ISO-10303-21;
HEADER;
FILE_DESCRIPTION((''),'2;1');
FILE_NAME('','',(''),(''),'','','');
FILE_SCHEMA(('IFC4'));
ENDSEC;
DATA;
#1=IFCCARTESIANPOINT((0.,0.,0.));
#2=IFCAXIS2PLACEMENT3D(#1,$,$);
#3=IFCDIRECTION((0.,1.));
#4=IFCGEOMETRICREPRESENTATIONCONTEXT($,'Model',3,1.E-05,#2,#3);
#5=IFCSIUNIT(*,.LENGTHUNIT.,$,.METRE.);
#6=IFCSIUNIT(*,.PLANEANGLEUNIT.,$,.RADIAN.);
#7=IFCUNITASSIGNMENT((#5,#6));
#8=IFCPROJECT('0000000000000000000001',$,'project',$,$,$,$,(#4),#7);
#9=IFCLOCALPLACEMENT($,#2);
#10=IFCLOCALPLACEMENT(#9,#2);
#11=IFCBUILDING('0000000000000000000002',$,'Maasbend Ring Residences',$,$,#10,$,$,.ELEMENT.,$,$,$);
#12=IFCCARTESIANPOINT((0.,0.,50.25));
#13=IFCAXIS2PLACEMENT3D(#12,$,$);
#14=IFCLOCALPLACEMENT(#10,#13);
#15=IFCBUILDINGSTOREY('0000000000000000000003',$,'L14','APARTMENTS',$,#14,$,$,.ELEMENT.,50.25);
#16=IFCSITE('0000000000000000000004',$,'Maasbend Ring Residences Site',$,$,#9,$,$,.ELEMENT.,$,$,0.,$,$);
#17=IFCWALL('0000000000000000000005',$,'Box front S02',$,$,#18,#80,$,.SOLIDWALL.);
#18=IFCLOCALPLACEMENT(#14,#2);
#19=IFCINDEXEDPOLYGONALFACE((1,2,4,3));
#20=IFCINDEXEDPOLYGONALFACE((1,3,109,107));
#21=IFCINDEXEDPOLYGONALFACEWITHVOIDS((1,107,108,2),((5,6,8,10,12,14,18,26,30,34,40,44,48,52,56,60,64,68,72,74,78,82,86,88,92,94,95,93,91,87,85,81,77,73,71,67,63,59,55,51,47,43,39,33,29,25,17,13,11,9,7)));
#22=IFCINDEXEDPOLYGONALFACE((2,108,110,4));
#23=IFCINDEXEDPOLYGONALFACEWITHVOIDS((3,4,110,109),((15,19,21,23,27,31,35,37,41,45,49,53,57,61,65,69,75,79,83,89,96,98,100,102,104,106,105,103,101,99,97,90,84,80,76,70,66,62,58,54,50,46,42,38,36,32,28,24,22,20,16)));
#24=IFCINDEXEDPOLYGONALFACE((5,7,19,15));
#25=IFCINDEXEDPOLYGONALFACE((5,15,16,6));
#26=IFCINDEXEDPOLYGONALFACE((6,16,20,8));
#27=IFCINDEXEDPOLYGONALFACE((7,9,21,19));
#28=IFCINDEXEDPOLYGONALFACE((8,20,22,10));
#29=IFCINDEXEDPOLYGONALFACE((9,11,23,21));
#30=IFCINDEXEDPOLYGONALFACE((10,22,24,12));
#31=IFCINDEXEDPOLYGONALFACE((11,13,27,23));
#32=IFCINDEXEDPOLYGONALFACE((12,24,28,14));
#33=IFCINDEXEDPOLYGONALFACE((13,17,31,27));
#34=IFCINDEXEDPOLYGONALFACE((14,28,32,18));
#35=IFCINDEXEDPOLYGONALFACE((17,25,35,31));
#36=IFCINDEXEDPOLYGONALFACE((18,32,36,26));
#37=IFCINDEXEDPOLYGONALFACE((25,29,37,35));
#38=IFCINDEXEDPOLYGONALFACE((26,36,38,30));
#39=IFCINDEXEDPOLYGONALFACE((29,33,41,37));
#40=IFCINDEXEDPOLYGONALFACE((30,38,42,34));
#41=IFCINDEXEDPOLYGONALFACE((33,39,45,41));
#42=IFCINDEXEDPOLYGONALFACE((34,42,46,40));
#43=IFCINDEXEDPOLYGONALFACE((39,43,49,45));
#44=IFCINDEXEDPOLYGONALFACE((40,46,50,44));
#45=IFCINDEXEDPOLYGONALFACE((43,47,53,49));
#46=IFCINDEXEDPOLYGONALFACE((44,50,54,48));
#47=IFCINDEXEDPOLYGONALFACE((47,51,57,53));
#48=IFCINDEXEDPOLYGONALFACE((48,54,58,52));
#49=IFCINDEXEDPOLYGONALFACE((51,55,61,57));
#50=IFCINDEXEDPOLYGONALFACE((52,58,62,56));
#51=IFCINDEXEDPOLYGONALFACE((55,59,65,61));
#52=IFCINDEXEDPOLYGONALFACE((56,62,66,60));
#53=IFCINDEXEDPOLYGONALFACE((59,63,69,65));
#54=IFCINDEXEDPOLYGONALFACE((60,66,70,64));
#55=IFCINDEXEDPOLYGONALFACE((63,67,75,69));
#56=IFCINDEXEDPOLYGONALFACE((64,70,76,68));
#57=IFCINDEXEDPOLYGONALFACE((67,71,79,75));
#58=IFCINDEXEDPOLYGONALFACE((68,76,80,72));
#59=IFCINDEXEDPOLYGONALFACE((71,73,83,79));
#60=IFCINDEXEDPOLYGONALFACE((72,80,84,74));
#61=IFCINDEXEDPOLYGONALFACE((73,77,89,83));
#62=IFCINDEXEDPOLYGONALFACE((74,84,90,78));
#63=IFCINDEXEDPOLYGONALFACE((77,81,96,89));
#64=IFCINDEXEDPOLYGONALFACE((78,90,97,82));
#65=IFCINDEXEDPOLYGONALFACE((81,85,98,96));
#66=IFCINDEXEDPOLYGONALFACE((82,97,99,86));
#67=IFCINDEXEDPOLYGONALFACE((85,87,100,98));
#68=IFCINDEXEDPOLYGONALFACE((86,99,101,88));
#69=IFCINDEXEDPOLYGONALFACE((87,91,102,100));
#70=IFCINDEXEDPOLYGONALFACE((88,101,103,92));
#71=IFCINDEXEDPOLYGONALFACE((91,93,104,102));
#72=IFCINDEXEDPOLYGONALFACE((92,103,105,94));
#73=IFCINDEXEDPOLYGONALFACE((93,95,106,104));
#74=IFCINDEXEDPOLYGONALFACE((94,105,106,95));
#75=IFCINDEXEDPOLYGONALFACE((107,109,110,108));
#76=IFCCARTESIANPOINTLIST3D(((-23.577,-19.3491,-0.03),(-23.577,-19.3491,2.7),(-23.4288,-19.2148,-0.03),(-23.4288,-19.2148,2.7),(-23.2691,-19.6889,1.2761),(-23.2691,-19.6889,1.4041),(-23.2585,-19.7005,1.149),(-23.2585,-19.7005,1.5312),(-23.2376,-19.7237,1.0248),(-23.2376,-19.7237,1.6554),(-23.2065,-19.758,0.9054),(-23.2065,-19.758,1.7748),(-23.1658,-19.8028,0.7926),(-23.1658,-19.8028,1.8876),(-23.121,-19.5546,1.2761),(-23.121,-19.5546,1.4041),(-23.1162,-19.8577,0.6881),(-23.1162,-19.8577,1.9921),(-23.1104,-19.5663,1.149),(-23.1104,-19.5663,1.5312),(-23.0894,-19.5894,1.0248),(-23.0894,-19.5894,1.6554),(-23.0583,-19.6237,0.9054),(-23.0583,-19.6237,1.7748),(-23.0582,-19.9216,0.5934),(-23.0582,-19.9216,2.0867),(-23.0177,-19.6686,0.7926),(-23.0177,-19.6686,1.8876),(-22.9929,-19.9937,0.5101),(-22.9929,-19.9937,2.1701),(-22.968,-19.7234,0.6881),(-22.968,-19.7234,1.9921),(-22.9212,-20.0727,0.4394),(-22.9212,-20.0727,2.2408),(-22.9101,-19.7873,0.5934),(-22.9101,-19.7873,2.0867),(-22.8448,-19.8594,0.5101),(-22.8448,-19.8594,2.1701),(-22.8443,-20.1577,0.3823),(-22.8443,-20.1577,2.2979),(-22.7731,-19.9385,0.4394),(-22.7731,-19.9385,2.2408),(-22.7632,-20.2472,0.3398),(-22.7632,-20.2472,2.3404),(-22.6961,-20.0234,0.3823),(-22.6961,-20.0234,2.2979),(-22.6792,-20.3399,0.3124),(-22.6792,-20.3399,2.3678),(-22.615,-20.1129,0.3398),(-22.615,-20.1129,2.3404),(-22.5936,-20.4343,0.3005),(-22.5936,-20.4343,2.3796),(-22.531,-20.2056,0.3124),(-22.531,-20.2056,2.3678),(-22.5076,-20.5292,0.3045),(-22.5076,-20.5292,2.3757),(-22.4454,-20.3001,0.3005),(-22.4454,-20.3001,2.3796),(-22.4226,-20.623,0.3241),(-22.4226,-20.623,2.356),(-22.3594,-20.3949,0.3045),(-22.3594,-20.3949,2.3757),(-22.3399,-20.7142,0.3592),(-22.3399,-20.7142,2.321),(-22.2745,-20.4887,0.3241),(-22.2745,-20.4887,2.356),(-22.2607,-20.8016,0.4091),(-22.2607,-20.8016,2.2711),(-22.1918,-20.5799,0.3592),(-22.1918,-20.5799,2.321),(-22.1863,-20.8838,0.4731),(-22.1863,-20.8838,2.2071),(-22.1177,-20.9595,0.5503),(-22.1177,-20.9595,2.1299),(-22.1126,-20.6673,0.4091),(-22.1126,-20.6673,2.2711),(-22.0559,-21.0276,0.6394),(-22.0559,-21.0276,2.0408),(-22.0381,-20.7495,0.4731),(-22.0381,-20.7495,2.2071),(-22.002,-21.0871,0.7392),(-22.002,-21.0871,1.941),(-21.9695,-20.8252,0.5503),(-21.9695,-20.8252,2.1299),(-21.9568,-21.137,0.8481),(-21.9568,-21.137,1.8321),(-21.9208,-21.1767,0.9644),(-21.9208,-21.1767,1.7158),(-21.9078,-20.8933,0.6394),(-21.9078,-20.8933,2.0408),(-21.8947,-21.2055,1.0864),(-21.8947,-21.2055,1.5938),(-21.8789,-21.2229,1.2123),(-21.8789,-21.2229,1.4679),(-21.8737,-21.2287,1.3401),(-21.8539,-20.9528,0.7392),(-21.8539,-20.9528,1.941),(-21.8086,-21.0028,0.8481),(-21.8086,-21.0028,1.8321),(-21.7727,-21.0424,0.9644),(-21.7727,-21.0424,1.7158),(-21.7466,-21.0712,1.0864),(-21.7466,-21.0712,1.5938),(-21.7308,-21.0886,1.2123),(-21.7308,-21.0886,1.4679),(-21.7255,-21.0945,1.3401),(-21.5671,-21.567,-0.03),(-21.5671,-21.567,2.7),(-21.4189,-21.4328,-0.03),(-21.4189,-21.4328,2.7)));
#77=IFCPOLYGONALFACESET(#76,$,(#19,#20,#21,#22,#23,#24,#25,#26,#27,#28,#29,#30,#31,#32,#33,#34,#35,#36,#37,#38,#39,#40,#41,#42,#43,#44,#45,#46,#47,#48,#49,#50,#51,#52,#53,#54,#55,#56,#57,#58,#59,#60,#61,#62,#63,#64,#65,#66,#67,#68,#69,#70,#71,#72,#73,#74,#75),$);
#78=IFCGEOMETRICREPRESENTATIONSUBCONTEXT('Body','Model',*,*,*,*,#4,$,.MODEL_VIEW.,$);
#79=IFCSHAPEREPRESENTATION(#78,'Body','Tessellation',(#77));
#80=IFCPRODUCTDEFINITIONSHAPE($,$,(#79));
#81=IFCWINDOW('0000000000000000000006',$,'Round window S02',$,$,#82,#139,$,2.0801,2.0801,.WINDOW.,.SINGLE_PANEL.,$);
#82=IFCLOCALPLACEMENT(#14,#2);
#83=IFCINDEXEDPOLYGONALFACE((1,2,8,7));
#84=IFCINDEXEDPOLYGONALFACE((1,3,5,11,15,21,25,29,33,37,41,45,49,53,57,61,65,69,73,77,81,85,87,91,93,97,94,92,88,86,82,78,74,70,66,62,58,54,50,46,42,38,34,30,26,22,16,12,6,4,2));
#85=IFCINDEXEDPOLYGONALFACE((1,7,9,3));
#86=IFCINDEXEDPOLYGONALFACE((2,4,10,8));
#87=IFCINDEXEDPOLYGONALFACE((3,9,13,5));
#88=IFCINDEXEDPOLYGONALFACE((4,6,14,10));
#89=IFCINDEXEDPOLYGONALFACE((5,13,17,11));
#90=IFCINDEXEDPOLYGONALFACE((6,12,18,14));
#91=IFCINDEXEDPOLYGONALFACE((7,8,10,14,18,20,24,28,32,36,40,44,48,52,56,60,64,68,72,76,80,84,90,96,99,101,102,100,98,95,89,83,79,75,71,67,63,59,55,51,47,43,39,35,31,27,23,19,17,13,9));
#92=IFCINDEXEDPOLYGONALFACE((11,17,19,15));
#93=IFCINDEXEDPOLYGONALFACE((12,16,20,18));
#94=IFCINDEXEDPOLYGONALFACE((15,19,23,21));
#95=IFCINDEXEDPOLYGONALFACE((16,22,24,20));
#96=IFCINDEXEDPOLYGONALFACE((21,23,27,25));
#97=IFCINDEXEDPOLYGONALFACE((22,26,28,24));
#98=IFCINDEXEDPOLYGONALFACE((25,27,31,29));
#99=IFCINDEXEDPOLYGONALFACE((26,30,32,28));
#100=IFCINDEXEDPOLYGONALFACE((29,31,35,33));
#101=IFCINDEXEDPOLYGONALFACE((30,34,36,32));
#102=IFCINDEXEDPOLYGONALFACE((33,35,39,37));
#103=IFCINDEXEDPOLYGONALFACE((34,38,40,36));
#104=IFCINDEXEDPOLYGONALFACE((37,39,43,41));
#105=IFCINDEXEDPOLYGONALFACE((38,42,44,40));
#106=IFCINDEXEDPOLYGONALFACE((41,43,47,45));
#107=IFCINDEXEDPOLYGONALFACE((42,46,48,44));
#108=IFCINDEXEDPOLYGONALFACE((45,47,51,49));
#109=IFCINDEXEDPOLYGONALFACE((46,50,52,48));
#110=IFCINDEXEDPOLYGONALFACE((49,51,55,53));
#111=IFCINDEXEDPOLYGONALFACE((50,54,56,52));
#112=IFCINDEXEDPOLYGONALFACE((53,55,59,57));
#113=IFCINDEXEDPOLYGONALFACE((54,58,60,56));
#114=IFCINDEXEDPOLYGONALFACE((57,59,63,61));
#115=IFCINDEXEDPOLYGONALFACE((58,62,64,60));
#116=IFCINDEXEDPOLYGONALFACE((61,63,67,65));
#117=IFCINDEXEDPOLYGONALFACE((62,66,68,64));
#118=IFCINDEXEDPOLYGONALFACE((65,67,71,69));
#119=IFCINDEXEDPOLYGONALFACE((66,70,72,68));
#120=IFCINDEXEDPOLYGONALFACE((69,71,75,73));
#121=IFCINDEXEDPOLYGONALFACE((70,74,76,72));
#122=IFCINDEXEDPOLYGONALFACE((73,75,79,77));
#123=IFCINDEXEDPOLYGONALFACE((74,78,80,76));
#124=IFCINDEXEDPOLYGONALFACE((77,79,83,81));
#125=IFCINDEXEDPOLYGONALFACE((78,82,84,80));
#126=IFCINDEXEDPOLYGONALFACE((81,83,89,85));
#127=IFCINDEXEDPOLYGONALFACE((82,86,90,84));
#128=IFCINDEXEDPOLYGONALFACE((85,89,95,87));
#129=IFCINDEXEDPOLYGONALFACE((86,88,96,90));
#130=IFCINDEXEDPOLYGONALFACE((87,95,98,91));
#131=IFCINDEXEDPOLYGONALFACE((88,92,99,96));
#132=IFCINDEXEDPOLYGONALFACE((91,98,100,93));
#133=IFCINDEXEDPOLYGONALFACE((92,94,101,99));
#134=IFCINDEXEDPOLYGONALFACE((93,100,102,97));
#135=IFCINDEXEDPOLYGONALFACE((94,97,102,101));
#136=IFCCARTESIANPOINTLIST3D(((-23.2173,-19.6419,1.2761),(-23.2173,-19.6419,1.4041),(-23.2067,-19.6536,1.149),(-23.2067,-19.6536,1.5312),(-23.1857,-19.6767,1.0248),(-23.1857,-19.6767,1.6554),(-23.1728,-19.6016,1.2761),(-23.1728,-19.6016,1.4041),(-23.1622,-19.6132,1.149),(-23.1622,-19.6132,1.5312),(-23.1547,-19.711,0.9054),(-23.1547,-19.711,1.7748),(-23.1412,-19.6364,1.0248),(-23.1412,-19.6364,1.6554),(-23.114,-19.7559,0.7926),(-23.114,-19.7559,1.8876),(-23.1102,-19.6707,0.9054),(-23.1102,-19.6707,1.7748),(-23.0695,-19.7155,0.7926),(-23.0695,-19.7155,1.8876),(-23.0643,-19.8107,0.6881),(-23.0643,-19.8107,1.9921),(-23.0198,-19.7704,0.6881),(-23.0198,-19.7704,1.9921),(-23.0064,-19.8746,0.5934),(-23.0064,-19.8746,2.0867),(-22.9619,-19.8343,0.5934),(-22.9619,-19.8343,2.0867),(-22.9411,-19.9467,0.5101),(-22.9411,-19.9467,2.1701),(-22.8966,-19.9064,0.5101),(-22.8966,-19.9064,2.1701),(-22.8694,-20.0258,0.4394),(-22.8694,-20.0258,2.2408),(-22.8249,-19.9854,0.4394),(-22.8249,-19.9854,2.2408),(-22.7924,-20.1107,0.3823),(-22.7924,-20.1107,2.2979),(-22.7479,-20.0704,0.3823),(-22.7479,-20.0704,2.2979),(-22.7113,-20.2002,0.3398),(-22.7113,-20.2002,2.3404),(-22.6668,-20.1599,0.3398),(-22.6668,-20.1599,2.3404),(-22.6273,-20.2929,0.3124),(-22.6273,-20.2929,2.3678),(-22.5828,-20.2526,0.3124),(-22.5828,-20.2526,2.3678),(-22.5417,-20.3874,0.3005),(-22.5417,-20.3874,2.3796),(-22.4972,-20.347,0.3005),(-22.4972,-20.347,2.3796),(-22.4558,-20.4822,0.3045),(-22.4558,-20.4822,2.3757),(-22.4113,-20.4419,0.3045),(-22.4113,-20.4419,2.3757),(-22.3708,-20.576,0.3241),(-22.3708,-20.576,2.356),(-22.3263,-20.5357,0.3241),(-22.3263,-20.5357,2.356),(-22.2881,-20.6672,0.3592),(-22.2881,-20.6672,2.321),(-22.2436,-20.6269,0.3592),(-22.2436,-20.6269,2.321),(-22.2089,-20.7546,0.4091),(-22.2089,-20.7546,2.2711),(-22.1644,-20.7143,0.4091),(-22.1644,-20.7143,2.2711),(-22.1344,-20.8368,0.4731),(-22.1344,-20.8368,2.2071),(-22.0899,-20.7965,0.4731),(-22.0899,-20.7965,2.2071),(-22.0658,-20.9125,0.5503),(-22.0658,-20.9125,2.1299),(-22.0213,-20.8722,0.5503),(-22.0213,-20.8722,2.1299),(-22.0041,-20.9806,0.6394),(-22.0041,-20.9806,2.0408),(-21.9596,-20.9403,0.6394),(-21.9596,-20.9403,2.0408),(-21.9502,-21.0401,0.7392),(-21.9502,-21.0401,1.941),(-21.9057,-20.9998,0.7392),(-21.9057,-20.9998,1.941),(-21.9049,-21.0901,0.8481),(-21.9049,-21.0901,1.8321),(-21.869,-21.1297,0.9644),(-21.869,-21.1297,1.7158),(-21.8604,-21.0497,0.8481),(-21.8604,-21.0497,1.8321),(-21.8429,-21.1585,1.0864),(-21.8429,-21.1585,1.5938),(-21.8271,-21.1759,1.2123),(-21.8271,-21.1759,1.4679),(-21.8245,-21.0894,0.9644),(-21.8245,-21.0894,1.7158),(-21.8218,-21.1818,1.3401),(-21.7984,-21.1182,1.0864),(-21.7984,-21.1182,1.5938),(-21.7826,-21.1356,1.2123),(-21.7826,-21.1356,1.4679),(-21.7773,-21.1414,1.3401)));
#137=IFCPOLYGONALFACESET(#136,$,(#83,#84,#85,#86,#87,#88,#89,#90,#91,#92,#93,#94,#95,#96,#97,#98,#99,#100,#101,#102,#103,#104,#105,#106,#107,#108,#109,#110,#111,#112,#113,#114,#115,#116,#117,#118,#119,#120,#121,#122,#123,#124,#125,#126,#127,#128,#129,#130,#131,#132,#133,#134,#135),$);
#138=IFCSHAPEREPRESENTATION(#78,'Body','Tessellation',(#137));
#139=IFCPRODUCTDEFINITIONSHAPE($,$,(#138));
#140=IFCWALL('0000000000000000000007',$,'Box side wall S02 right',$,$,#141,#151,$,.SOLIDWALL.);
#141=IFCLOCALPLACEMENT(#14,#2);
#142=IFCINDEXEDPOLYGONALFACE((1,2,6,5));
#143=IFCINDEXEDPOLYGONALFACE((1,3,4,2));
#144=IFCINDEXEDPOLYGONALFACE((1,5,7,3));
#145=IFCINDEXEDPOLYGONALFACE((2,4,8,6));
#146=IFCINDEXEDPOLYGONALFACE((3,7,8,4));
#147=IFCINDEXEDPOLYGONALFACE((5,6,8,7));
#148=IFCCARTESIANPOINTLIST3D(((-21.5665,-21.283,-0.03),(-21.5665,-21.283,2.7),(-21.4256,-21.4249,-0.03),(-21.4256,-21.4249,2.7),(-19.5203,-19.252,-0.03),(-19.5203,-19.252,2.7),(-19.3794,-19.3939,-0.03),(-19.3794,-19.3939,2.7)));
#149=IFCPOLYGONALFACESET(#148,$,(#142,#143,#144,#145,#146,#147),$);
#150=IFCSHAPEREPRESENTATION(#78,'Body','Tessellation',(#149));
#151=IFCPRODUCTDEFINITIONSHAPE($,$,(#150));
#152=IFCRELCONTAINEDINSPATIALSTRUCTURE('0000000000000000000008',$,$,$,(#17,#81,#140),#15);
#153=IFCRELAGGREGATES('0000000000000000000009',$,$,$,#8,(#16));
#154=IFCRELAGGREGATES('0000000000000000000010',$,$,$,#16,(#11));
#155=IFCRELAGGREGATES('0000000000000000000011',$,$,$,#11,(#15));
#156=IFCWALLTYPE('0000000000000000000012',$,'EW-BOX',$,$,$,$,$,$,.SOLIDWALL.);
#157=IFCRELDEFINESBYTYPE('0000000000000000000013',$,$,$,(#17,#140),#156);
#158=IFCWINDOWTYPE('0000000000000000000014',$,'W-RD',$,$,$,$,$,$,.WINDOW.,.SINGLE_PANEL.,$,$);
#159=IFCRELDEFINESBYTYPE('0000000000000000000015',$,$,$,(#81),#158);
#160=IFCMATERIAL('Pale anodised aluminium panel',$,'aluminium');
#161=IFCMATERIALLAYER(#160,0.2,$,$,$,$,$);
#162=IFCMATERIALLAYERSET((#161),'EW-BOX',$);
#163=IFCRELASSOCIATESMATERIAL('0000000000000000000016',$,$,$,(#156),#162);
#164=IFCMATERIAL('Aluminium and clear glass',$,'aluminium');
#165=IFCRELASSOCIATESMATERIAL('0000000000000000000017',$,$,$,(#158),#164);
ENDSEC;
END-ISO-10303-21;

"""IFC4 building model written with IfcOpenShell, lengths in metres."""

from ifc_helpers import new_model, si_unit, direction, frame, frame_2d, origin, place, context, subcontext, project, spatial, rectangle, circle, extrude, material, layer, layer_set, type_object, element, fill, save


model = new_model("IFC4")

# Units and contexts
model_context = context("Model", 3, precision=1e-05, world=origin(), true_north=direction((0.0, 1.0)))
body_context = subcontext(model_context, "Body", "Model", "MODEL_VIEW")
ifc_project = project(units=[si_unit("LENGTHUNIT", "METRE"), si_unit("PLANEANGLEUNIT", "RADIAN")], contexts=[model_context])

# Site, building, storey
site_placement = place(None, origin())
site = spatial("IfcSite", under=ifc_project, at=site_placement, Name="Maasbend Ring Residences Site", CompositionType="ELEMENT", RefElevation=0.0)
building_placement = place(site_placement, origin())
building = spatial("IfcBuilding", under=site, at=building_placement, Name="Maasbend Ring Residences", CompositionType="ELEMENT")
storey_placement = place(building_placement, frame((0.0, 0.0, 50.25)))
storey = spatial("IfcBuildingStorey", under=building, at=storey_placement, Name="L14", Description="APARTMENTS", CompositionType="ELEMENT", Elevation=50.25)

# Wall, opening, window
ifc_material_1 = material(Name="Pale anodised aluminium panel", Category="aluminium")
ifc_layer_1 = layer(ifc_material_1, 0.2)
ifc_layer_set_1 = layer_set([ifc_layer_1], Name="EW-BOX")
wall_type_1 = type_object("IfcWallType", Name="EW-BOX", PredefinedType="SOLIDWALL", material=ifc_layer_set_1)
wall_1_placement = place(storey_placement, frame((-23.5029, -19.282, -0.03), z_axis=(0.0, 0.0, 1.0), x_axis=(0.671507, -0.740998, 0.0)))
wall_1 = element("IfcWall", 1, at=wall_1_placement, inside=storey, type_object=wall_type_1, Name="Box front S02", PredefinedType="SOLIDWALL", context=body_context, shape_type="SweptSolid", body=[
    extrude(rectangle(XDim=2.9932, YDim=0.2, at=frame_2d((1.4966, 0.0))), origin(), (0.0, 0.0, 1.0), 2.73),
])
opening_1_placement = place(wall_1_placement, frame((0.4565, 0.0, 0.3301)))
opening_1 = element("IfcOpeningElement", 2, at=opening_1_placement, cuts=wall_1, PredefinedType="OPENING", context=body_context, shape_type="SweptSolid", body=[
    extrude(circle(Radius=1.04, at=frame_2d((1.04, 1.04))), frame((0.0, 0.1099, 0.0), z_axis=(0.0, -1.0, 0.0), x_axis=(1.0, 0.0, 0.0)), (0.0, 0.0, 1.0), 0.22),
])
ifc_material_2 = material(Name="Aluminium and clear glass", Category="aluminium")
window_type_1 = type_object("IfcWindowType", Name="W-RD", PartitioningType="SINGLE_PANEL", PredefinedType="WINDOW", material=ifc_material_2)
window_1_placement = place(opening_1_placement, origin())
window_1 = element("IfcWindow", 3, at=window_1_placement, inside=storey, type_object=window_type_1, Name="Round window S02", OverallHeight=2.0801, OverallWidth=2.0801, PartitioningType="SINGLE_PANEL", PredefinedType="WINDOW", context=body_context, shape_type="SweptSolid", body=[
    extrude(circle(Radius=1.04, at=frame_2d((1.04, 1.04))), frame((0.0, 0.03, 0.0), z_axis=(0.0, -1.0, 0.0), x_axis=(1.0, 0.0, 0.0)), (0.0, 0.0, 1.0), 0.0601),
])
fill(opening_1, window_1)

# Wall
wall_2_placement = place(storey_placement, frame((-19.45, -19.323, -0.03), z_axis=(0.0, 0.0, 1.0), x_axis=(-0.709727, -0.704477, 0.0)))
element("IfcWall", 4, at=wall_2_placement, inside=storey, type_object=wall_type_1, Name="Box side wall S02 right", PredefinedType="SOLIDWALL", context=body_context, shape_type="SweptSolid", body=[
    extrude(rectangle(XDim=2.8831, YDim=0.2, at=frame_2d((1.4414, 0.0))), origin(), (0.0, 0.0, 1.0), 2.73),
])

save(model, "model.ifc")
